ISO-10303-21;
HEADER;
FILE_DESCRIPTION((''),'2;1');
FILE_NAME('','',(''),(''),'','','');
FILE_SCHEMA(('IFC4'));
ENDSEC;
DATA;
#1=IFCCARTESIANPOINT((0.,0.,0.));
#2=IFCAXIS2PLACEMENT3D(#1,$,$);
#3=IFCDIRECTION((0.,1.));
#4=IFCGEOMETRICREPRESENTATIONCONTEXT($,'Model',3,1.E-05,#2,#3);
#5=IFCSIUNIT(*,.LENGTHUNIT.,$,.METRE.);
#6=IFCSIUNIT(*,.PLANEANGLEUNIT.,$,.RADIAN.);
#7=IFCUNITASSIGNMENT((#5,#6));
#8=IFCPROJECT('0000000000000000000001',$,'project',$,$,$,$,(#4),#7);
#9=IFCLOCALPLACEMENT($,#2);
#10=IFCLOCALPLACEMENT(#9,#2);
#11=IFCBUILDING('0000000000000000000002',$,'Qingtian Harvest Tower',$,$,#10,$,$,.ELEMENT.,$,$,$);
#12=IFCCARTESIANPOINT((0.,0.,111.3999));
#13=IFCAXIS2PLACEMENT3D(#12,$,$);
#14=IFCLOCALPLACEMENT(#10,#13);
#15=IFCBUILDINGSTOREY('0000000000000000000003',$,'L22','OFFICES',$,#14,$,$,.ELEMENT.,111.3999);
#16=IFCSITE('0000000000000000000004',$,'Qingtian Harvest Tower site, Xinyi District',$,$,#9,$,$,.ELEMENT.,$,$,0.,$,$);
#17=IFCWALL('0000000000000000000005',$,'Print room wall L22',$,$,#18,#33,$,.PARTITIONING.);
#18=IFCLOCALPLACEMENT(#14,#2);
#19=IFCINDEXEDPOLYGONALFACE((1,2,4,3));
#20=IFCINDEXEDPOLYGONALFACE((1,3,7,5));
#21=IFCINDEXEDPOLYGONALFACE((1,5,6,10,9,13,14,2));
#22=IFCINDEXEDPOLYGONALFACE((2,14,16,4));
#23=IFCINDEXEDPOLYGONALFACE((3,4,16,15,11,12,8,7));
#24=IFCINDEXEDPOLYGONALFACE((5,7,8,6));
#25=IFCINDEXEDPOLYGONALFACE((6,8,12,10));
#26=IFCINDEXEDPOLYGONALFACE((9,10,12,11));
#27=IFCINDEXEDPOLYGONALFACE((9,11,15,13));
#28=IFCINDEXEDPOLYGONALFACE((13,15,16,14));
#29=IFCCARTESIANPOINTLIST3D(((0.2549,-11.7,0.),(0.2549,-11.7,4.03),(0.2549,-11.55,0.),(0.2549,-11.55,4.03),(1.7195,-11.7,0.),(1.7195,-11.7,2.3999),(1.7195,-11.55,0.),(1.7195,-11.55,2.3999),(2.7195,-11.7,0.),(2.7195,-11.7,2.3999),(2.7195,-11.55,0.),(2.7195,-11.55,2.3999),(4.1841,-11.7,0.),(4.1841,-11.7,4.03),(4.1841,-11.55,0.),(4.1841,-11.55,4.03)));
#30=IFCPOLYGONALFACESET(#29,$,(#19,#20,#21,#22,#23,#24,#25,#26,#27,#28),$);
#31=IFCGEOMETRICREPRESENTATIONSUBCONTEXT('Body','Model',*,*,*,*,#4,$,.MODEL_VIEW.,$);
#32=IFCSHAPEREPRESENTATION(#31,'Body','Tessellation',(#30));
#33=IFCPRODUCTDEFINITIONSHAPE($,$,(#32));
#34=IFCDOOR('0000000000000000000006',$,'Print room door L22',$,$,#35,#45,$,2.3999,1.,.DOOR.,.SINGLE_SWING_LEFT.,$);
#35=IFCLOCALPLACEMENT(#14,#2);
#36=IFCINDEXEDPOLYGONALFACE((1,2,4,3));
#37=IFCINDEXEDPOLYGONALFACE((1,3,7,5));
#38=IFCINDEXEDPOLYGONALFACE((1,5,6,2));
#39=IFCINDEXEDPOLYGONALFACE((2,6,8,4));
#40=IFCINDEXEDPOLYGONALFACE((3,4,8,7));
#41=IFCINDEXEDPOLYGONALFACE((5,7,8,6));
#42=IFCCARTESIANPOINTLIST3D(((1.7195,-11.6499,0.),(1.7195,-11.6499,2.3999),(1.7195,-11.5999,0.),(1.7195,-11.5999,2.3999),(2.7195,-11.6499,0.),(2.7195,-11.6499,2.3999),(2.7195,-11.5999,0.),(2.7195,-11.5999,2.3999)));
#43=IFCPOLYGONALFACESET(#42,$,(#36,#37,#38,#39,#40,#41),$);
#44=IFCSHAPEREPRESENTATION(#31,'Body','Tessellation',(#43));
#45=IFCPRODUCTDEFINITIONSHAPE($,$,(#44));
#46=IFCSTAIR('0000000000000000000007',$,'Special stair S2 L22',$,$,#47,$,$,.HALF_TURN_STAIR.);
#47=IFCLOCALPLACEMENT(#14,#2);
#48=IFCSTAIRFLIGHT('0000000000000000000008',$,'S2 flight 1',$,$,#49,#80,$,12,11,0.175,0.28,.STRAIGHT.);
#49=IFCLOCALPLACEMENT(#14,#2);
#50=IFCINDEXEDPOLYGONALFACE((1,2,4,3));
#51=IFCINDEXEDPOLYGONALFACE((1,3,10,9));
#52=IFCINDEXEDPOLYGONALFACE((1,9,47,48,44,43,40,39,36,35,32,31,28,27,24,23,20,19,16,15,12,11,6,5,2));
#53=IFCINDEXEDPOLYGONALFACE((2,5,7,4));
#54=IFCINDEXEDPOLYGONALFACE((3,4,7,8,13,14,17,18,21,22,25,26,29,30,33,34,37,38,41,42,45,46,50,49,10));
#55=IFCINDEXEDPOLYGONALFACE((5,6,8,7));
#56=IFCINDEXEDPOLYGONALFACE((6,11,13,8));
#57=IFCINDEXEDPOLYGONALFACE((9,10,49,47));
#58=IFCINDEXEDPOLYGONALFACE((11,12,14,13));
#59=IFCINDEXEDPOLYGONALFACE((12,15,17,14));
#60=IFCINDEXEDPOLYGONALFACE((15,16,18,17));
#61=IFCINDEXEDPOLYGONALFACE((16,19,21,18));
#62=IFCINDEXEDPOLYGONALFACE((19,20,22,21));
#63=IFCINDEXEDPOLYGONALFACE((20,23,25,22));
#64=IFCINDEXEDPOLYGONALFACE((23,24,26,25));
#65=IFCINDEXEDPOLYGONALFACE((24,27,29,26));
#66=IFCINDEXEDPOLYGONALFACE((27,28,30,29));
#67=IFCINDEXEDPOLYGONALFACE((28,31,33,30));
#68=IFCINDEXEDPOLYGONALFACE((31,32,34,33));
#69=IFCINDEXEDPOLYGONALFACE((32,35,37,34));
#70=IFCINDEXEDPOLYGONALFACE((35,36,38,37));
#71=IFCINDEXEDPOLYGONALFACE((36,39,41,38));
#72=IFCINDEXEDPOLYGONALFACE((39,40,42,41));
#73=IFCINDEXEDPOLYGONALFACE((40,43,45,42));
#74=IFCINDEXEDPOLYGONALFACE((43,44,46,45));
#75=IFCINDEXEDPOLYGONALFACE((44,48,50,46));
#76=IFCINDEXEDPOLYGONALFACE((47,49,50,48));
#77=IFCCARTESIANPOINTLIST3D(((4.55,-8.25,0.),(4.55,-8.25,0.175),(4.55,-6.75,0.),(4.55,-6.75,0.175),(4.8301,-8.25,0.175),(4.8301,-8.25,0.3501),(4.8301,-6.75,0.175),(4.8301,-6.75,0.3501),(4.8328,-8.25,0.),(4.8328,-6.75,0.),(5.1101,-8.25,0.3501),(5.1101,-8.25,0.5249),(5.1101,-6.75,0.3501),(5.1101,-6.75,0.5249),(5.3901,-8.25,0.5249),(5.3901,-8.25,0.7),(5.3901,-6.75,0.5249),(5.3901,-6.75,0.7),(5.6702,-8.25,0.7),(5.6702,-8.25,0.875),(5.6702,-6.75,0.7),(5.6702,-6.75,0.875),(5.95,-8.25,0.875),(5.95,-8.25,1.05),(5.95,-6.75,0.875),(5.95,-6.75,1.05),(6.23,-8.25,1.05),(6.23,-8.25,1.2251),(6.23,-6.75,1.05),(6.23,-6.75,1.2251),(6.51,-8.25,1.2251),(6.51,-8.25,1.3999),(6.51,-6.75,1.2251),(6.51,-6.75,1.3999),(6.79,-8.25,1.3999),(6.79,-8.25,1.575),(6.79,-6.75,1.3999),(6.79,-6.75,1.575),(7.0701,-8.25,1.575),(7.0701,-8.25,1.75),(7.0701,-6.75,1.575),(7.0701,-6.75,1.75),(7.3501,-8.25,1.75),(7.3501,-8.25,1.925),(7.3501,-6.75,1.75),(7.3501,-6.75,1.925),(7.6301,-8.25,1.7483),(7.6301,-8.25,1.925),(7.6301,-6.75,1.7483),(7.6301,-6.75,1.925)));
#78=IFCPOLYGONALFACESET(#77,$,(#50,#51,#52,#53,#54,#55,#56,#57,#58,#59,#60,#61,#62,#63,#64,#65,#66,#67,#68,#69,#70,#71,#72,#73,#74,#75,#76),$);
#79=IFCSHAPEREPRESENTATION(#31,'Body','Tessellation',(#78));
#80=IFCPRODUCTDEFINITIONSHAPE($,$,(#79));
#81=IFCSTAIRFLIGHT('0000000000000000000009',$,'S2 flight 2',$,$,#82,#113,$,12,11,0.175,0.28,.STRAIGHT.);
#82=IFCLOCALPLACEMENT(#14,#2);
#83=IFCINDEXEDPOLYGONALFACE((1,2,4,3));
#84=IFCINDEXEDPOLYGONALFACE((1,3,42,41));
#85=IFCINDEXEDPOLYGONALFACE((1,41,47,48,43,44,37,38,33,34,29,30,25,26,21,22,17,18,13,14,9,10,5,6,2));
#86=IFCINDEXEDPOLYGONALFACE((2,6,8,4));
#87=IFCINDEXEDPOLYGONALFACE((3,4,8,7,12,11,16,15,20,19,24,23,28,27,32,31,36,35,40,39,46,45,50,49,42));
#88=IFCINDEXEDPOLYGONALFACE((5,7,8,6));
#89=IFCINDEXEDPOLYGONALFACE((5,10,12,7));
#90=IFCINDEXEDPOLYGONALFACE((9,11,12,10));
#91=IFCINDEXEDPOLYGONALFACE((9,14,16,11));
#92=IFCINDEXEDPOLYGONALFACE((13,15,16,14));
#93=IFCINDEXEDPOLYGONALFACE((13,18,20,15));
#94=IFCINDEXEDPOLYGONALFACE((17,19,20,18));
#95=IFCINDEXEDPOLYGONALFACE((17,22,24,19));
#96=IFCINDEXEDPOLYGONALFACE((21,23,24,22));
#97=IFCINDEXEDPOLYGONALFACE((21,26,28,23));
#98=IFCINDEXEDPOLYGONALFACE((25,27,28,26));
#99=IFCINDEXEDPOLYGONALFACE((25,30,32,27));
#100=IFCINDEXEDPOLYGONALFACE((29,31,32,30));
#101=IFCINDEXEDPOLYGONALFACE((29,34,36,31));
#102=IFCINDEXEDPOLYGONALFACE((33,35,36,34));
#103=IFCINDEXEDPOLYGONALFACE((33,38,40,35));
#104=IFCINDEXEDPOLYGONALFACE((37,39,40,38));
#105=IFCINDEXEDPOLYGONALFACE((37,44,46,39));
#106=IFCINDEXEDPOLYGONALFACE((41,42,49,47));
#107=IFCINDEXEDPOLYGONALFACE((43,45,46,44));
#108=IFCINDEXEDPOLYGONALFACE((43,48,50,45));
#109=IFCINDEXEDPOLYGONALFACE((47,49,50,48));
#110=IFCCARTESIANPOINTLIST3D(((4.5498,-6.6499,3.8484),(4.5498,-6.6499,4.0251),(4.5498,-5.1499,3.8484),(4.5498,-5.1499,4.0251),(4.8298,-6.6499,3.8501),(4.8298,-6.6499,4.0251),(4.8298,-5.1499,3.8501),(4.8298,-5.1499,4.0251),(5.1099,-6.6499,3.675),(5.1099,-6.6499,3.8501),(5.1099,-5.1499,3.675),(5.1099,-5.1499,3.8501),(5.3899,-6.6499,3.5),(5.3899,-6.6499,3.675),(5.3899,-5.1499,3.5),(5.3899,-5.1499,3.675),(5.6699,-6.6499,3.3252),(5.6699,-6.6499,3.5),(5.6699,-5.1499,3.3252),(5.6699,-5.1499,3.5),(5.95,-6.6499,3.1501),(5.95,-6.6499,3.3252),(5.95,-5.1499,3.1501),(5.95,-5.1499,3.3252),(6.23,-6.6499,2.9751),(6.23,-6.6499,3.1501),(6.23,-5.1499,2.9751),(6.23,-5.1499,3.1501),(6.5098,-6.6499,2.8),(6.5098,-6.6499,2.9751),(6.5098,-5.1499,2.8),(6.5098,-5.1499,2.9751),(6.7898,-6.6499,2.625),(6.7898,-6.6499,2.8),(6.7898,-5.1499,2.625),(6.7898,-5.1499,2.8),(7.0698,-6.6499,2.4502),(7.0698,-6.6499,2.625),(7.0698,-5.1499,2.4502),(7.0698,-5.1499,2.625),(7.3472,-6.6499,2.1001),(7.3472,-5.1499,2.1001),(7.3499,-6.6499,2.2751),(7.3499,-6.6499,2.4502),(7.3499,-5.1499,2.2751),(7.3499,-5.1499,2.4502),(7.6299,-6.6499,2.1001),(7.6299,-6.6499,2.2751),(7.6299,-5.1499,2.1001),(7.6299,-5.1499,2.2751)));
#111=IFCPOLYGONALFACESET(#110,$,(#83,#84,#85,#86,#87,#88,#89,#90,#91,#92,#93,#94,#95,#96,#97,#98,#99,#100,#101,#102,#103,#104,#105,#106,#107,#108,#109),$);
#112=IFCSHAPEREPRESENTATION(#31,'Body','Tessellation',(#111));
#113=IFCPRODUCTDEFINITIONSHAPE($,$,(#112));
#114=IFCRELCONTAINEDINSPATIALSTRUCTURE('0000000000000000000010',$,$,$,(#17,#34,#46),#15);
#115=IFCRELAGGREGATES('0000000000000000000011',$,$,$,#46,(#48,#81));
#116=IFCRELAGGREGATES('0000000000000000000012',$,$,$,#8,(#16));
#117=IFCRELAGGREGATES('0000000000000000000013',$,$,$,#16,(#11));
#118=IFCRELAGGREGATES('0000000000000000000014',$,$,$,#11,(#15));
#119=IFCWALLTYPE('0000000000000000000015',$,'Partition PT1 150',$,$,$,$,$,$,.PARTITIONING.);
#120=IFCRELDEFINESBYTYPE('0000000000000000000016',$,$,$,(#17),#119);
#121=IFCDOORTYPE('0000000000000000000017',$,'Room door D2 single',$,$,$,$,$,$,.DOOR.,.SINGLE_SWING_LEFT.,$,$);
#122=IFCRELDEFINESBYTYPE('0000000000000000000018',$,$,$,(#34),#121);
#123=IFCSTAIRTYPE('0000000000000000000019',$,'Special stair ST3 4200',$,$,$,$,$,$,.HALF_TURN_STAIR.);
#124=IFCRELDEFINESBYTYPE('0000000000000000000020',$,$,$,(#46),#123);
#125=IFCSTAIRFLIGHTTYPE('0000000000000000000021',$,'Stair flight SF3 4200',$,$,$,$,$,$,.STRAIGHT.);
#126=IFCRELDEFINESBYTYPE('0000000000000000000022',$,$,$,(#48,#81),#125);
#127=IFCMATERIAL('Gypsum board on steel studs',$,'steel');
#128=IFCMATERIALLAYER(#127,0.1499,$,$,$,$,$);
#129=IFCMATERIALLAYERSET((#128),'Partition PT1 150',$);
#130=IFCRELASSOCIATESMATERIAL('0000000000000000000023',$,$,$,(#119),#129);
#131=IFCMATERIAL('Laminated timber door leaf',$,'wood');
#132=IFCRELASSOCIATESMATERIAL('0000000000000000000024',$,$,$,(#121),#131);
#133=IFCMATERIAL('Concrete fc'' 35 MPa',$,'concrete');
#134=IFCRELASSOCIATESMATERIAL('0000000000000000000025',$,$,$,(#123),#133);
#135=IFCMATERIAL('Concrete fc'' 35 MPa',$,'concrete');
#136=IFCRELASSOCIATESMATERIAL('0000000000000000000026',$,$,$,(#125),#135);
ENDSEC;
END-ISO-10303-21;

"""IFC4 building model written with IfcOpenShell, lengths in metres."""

from ifc_helpers import new_model, si_unit, direction, frame, frame_2d, origin, place, context, subcontext, project, spatial, polyline, rectangle, outline, extrude, material, layer, layer_set, type_object, element, fill, aggregate, save


model = new_model("IFC4")

# Units and contexts
model_context = context("Model", 3, precision=1e-05, world=origin(), true_north=direction((0.0, 1.0)))
body_context = subcontext(model_context, "Body", "Model", "MODEL_VIEW")
ifc_project = project(units=[si_unit("LENGTHUNIT", "METRE"), si_unit("PLANEANGLEUNIT", "RADIAN")], contexts=[model_context])

# Site, building, storey
site_placement = place(None, origin())
site = spatial("IfcSite", under=ifc_project, at=site_placement, Name="Qingtian Harvest Tower site, Xinyi District", CompositionType="ELEMENT", RefElevation=0.0)
building_placement = place(site_placement, origin())
building = spatial("IfcBuilding", under=site, at=building_placement, Name="Qingtian Harvest Tower", CompositionType="ELEMENT")
storey_placement = place(building_placement, frame((0.0, 0.0, 111.3999)))
storey = spatial("IfcBuildingStorey", under=building, at=storey_placement, Name="L22", Description="OFFICES", CompositionType="ELEMENT", Elevation=111.3999)

# Wall, opening, door
ifc_material_1 = material(Name="Gypsum board on steel studs", Category="steel")
ifc_layer_1 = layer(ifc_material_1, 0.1499)
ifc_layer_set_1 = layer_set([ifc_layer_1], Name="Partition PT1 150")
wall_type_1 = type_object("IfcWallType", Name="Partition PT1 150", PredefinedType="PARTITIONING", material=ifc_layer_set_1)
ifc_material_2 = material(Name="Laminated timber door leaf", Category="wood")
door_type_1 = type_object("IfcDoorType", Name="Room door D2 single", OperationType="SINGLE_SWING_LEFT", PredefinedType="DOOR", material=ifc_material_2)
wall_1_placement = place(storey_placement, frame((4.1841, -11.625, 0.0), z_axis=(0.0, 0.0, 1.0), x_axis=(-1.0, 0.0, 0.0)))
wall_1 = element("IfcWall", 1, at=wall_1_placement, inside=storey, type_object=wall_type_1, Name="Print room wall L22", PredefinedType="PARTITIONING", context=body_context, shape_type="SweptSolid", body=[
    extrude(rectangle(XDim=3.9292, YDim=0.1499, at=frame_2d((1.9646, 0.0))), origin(), (0.0, 0.0, 1.0), 4.03),
])
opening_1_placement = place(wall_1_placement, frame((1.4646, 0.0, 0.0)))
opening_1 = element("IfcOpeningElement", 2, at=opening_1_placement, cuts=wall_1, PredefinedType="OPENING", context=body_context, shape_type="SweptSolid", body=[
    extrude(rectangle(XDim=1.0, YDim=2.3999, at=frame_2d((0.5, 1.2))), frame((0.0, 0.085, 0.0), z_axis=(0.0, -1.0, 0.0), x_axis=(1.0, 0.0, 0.0)), (0.0, 0.0, 1.0), 0.1699),
])
door_1_placement = place(opening_1_placement, origin())
door_1 = element("IfcDoor", 3, at=door_1_placement, inside=storey, type_object=door_type_1, Name="Print room door L22", OperationType="SINGLE_SWING_LEFT", OverallHeight=2.3999, OverallWidth=1.0, PredefinedType="DOOR", context=body_context, shape_type="SweptSolid", body=[
    extrude(rectangle(XDim=1.0, YDim=2.3999, at=frame_2d((0.5, 1.2))), frame((0.0, 0.0249, 0.0), z_axis=(0.0, -1.0, 0.0), x_axis=(1.0, 0.0, 0.0)), (0.0, 0.0, 1.0), 0.05),
])
fill(opening_1, door_1)

# Stair, stair flights
ifc_material_3 = material(Name="Concrete fc' 35 MPa", Category="concrete")
stair_type = type_object("IfcStairType", Name="Special stair ST3 4200", PredefinedType="HALF_TURN_STAIR", material=ifc_material_3)
stair_placement = place(storey_placement, origin())
stair = element("IfcStair", 4, at=stair_placement, inside=storey, type_object=stair_type, Name="Special stair S2 L22", PredefinedType="HALF_TURN_STAIR")
ifc_material_4 = material(Name="Concrete fc' 35 MPa", Category="concrete")
stair_flight_type = type_object("IfcStairFlightType", Name="Stair flight SF3 4200", PredefinedType="STRAIGHT", material=ifc_material_4)
stair_flight_1_placement = place(storey_placement, frame((4.55, -7.5, 0.0), z_axis=(0.0, 0.0, 1.0), x_axis=(1.0, 0.0, 0.0)))
stair_flight_1 = element("IfcStairFlight", 5, at=stair_flight_1_placement, type_object=stair_flight_type, Name="S2 flight 1", NumberOfRisers=12, NumberOfTreads=11, PredefinedType="STRAIGHT", RiserHeight=0.175, TreadLength=0.28, context=body_context, shape_type="SweptSolid", body=[
    extrude(outline(polyline([(0.0, 0.0), (0.0, 0.175), (0.28, 0.175), (0.28, 0.3501), (0.5601, 0.3501), (0.5601, 0.5249), (0.8401, 0.5249), (0.8401, 0.7), (1.1201, 0.7), (1.1201, 0.875), (1.3999, 0.875), (1.3999, 1.05), (1.6799, 1.05), (1.6799, 1.2251), (1.96, 1.2251), (1.96, 1.3999), (2.24, 1.3999), (2.24, 1.575), (2.52, 1.575), (2.52, 1.75), (2.8, 1.75), (2.8, 1.925), (3.0801, 1.925), (3.0801, 2.1001), (3.0801, 1.7483), (0.2827, 0.0), (0.0, 0.0)])), frame((0.0, 0.75, 0.0), z_axis=(0.0, -1.0, 0.0), x_axis=(1.0, 0.0, 0.0)), (0.0, 0.0, 1.0), 1.5),
])
stair_flight_2_placement = place(storey_placement, frame((7.6299, -5.8999, 2.1001), z_axis=(0.0, 0.0, 1.0), x_axis=(-1.0, 0.0, 0.0)))
stair_flight_2 = element("IfcStairFlight", 6, at=stair_flight_2_placement, type_object=stair_flight_type, Name="S2 flight 2", NumberOfRisers=12, NumberOfTreads=11, PredefinedType="STRAIGHT", RiserHeight=0.175, TreadLength=0.28, context=body_context, shape_type="SweptSolid", body=[
    extrude(outline(polyline([(0.0, 0.0), (0.0, 0.175), (0.28, 0.175), (0.28, 0.3501), (0.5601, 0.3501), (0.5601, 0.5249), (0.8401, 0.5249), (0.8401, 0.7), (1.1201, 0.7), (1.1201, 0.875), (1.3999, 0.875), (1.3999, 1.05), (1.6799, 1.05), (1.6799, 1.2251), (1.96, 1.2251), (1.96, 1.3999), (2.24, 1.3999), (2.24, 1.575), (2.52, 1.575), (2.52, 1.75), (2.8, 1.75), (2.8, 1.925), (3.0801, 1.925), (3.0801, 2.1001), (3.0801, 1.7483), (0.2827, 0.0), (0.0, 0.0)])), frame((0.0, 0.75, 0.0), z_axis=(0.0, -1.0, 0.0), x_axis=(1.0, 0.0, 0.0)), (0.0, 0.0, 1.0), 1.5),
])
aggregate(stair, [stair_flight_1, stair_flight_2])

save(model, "model.ifc")
